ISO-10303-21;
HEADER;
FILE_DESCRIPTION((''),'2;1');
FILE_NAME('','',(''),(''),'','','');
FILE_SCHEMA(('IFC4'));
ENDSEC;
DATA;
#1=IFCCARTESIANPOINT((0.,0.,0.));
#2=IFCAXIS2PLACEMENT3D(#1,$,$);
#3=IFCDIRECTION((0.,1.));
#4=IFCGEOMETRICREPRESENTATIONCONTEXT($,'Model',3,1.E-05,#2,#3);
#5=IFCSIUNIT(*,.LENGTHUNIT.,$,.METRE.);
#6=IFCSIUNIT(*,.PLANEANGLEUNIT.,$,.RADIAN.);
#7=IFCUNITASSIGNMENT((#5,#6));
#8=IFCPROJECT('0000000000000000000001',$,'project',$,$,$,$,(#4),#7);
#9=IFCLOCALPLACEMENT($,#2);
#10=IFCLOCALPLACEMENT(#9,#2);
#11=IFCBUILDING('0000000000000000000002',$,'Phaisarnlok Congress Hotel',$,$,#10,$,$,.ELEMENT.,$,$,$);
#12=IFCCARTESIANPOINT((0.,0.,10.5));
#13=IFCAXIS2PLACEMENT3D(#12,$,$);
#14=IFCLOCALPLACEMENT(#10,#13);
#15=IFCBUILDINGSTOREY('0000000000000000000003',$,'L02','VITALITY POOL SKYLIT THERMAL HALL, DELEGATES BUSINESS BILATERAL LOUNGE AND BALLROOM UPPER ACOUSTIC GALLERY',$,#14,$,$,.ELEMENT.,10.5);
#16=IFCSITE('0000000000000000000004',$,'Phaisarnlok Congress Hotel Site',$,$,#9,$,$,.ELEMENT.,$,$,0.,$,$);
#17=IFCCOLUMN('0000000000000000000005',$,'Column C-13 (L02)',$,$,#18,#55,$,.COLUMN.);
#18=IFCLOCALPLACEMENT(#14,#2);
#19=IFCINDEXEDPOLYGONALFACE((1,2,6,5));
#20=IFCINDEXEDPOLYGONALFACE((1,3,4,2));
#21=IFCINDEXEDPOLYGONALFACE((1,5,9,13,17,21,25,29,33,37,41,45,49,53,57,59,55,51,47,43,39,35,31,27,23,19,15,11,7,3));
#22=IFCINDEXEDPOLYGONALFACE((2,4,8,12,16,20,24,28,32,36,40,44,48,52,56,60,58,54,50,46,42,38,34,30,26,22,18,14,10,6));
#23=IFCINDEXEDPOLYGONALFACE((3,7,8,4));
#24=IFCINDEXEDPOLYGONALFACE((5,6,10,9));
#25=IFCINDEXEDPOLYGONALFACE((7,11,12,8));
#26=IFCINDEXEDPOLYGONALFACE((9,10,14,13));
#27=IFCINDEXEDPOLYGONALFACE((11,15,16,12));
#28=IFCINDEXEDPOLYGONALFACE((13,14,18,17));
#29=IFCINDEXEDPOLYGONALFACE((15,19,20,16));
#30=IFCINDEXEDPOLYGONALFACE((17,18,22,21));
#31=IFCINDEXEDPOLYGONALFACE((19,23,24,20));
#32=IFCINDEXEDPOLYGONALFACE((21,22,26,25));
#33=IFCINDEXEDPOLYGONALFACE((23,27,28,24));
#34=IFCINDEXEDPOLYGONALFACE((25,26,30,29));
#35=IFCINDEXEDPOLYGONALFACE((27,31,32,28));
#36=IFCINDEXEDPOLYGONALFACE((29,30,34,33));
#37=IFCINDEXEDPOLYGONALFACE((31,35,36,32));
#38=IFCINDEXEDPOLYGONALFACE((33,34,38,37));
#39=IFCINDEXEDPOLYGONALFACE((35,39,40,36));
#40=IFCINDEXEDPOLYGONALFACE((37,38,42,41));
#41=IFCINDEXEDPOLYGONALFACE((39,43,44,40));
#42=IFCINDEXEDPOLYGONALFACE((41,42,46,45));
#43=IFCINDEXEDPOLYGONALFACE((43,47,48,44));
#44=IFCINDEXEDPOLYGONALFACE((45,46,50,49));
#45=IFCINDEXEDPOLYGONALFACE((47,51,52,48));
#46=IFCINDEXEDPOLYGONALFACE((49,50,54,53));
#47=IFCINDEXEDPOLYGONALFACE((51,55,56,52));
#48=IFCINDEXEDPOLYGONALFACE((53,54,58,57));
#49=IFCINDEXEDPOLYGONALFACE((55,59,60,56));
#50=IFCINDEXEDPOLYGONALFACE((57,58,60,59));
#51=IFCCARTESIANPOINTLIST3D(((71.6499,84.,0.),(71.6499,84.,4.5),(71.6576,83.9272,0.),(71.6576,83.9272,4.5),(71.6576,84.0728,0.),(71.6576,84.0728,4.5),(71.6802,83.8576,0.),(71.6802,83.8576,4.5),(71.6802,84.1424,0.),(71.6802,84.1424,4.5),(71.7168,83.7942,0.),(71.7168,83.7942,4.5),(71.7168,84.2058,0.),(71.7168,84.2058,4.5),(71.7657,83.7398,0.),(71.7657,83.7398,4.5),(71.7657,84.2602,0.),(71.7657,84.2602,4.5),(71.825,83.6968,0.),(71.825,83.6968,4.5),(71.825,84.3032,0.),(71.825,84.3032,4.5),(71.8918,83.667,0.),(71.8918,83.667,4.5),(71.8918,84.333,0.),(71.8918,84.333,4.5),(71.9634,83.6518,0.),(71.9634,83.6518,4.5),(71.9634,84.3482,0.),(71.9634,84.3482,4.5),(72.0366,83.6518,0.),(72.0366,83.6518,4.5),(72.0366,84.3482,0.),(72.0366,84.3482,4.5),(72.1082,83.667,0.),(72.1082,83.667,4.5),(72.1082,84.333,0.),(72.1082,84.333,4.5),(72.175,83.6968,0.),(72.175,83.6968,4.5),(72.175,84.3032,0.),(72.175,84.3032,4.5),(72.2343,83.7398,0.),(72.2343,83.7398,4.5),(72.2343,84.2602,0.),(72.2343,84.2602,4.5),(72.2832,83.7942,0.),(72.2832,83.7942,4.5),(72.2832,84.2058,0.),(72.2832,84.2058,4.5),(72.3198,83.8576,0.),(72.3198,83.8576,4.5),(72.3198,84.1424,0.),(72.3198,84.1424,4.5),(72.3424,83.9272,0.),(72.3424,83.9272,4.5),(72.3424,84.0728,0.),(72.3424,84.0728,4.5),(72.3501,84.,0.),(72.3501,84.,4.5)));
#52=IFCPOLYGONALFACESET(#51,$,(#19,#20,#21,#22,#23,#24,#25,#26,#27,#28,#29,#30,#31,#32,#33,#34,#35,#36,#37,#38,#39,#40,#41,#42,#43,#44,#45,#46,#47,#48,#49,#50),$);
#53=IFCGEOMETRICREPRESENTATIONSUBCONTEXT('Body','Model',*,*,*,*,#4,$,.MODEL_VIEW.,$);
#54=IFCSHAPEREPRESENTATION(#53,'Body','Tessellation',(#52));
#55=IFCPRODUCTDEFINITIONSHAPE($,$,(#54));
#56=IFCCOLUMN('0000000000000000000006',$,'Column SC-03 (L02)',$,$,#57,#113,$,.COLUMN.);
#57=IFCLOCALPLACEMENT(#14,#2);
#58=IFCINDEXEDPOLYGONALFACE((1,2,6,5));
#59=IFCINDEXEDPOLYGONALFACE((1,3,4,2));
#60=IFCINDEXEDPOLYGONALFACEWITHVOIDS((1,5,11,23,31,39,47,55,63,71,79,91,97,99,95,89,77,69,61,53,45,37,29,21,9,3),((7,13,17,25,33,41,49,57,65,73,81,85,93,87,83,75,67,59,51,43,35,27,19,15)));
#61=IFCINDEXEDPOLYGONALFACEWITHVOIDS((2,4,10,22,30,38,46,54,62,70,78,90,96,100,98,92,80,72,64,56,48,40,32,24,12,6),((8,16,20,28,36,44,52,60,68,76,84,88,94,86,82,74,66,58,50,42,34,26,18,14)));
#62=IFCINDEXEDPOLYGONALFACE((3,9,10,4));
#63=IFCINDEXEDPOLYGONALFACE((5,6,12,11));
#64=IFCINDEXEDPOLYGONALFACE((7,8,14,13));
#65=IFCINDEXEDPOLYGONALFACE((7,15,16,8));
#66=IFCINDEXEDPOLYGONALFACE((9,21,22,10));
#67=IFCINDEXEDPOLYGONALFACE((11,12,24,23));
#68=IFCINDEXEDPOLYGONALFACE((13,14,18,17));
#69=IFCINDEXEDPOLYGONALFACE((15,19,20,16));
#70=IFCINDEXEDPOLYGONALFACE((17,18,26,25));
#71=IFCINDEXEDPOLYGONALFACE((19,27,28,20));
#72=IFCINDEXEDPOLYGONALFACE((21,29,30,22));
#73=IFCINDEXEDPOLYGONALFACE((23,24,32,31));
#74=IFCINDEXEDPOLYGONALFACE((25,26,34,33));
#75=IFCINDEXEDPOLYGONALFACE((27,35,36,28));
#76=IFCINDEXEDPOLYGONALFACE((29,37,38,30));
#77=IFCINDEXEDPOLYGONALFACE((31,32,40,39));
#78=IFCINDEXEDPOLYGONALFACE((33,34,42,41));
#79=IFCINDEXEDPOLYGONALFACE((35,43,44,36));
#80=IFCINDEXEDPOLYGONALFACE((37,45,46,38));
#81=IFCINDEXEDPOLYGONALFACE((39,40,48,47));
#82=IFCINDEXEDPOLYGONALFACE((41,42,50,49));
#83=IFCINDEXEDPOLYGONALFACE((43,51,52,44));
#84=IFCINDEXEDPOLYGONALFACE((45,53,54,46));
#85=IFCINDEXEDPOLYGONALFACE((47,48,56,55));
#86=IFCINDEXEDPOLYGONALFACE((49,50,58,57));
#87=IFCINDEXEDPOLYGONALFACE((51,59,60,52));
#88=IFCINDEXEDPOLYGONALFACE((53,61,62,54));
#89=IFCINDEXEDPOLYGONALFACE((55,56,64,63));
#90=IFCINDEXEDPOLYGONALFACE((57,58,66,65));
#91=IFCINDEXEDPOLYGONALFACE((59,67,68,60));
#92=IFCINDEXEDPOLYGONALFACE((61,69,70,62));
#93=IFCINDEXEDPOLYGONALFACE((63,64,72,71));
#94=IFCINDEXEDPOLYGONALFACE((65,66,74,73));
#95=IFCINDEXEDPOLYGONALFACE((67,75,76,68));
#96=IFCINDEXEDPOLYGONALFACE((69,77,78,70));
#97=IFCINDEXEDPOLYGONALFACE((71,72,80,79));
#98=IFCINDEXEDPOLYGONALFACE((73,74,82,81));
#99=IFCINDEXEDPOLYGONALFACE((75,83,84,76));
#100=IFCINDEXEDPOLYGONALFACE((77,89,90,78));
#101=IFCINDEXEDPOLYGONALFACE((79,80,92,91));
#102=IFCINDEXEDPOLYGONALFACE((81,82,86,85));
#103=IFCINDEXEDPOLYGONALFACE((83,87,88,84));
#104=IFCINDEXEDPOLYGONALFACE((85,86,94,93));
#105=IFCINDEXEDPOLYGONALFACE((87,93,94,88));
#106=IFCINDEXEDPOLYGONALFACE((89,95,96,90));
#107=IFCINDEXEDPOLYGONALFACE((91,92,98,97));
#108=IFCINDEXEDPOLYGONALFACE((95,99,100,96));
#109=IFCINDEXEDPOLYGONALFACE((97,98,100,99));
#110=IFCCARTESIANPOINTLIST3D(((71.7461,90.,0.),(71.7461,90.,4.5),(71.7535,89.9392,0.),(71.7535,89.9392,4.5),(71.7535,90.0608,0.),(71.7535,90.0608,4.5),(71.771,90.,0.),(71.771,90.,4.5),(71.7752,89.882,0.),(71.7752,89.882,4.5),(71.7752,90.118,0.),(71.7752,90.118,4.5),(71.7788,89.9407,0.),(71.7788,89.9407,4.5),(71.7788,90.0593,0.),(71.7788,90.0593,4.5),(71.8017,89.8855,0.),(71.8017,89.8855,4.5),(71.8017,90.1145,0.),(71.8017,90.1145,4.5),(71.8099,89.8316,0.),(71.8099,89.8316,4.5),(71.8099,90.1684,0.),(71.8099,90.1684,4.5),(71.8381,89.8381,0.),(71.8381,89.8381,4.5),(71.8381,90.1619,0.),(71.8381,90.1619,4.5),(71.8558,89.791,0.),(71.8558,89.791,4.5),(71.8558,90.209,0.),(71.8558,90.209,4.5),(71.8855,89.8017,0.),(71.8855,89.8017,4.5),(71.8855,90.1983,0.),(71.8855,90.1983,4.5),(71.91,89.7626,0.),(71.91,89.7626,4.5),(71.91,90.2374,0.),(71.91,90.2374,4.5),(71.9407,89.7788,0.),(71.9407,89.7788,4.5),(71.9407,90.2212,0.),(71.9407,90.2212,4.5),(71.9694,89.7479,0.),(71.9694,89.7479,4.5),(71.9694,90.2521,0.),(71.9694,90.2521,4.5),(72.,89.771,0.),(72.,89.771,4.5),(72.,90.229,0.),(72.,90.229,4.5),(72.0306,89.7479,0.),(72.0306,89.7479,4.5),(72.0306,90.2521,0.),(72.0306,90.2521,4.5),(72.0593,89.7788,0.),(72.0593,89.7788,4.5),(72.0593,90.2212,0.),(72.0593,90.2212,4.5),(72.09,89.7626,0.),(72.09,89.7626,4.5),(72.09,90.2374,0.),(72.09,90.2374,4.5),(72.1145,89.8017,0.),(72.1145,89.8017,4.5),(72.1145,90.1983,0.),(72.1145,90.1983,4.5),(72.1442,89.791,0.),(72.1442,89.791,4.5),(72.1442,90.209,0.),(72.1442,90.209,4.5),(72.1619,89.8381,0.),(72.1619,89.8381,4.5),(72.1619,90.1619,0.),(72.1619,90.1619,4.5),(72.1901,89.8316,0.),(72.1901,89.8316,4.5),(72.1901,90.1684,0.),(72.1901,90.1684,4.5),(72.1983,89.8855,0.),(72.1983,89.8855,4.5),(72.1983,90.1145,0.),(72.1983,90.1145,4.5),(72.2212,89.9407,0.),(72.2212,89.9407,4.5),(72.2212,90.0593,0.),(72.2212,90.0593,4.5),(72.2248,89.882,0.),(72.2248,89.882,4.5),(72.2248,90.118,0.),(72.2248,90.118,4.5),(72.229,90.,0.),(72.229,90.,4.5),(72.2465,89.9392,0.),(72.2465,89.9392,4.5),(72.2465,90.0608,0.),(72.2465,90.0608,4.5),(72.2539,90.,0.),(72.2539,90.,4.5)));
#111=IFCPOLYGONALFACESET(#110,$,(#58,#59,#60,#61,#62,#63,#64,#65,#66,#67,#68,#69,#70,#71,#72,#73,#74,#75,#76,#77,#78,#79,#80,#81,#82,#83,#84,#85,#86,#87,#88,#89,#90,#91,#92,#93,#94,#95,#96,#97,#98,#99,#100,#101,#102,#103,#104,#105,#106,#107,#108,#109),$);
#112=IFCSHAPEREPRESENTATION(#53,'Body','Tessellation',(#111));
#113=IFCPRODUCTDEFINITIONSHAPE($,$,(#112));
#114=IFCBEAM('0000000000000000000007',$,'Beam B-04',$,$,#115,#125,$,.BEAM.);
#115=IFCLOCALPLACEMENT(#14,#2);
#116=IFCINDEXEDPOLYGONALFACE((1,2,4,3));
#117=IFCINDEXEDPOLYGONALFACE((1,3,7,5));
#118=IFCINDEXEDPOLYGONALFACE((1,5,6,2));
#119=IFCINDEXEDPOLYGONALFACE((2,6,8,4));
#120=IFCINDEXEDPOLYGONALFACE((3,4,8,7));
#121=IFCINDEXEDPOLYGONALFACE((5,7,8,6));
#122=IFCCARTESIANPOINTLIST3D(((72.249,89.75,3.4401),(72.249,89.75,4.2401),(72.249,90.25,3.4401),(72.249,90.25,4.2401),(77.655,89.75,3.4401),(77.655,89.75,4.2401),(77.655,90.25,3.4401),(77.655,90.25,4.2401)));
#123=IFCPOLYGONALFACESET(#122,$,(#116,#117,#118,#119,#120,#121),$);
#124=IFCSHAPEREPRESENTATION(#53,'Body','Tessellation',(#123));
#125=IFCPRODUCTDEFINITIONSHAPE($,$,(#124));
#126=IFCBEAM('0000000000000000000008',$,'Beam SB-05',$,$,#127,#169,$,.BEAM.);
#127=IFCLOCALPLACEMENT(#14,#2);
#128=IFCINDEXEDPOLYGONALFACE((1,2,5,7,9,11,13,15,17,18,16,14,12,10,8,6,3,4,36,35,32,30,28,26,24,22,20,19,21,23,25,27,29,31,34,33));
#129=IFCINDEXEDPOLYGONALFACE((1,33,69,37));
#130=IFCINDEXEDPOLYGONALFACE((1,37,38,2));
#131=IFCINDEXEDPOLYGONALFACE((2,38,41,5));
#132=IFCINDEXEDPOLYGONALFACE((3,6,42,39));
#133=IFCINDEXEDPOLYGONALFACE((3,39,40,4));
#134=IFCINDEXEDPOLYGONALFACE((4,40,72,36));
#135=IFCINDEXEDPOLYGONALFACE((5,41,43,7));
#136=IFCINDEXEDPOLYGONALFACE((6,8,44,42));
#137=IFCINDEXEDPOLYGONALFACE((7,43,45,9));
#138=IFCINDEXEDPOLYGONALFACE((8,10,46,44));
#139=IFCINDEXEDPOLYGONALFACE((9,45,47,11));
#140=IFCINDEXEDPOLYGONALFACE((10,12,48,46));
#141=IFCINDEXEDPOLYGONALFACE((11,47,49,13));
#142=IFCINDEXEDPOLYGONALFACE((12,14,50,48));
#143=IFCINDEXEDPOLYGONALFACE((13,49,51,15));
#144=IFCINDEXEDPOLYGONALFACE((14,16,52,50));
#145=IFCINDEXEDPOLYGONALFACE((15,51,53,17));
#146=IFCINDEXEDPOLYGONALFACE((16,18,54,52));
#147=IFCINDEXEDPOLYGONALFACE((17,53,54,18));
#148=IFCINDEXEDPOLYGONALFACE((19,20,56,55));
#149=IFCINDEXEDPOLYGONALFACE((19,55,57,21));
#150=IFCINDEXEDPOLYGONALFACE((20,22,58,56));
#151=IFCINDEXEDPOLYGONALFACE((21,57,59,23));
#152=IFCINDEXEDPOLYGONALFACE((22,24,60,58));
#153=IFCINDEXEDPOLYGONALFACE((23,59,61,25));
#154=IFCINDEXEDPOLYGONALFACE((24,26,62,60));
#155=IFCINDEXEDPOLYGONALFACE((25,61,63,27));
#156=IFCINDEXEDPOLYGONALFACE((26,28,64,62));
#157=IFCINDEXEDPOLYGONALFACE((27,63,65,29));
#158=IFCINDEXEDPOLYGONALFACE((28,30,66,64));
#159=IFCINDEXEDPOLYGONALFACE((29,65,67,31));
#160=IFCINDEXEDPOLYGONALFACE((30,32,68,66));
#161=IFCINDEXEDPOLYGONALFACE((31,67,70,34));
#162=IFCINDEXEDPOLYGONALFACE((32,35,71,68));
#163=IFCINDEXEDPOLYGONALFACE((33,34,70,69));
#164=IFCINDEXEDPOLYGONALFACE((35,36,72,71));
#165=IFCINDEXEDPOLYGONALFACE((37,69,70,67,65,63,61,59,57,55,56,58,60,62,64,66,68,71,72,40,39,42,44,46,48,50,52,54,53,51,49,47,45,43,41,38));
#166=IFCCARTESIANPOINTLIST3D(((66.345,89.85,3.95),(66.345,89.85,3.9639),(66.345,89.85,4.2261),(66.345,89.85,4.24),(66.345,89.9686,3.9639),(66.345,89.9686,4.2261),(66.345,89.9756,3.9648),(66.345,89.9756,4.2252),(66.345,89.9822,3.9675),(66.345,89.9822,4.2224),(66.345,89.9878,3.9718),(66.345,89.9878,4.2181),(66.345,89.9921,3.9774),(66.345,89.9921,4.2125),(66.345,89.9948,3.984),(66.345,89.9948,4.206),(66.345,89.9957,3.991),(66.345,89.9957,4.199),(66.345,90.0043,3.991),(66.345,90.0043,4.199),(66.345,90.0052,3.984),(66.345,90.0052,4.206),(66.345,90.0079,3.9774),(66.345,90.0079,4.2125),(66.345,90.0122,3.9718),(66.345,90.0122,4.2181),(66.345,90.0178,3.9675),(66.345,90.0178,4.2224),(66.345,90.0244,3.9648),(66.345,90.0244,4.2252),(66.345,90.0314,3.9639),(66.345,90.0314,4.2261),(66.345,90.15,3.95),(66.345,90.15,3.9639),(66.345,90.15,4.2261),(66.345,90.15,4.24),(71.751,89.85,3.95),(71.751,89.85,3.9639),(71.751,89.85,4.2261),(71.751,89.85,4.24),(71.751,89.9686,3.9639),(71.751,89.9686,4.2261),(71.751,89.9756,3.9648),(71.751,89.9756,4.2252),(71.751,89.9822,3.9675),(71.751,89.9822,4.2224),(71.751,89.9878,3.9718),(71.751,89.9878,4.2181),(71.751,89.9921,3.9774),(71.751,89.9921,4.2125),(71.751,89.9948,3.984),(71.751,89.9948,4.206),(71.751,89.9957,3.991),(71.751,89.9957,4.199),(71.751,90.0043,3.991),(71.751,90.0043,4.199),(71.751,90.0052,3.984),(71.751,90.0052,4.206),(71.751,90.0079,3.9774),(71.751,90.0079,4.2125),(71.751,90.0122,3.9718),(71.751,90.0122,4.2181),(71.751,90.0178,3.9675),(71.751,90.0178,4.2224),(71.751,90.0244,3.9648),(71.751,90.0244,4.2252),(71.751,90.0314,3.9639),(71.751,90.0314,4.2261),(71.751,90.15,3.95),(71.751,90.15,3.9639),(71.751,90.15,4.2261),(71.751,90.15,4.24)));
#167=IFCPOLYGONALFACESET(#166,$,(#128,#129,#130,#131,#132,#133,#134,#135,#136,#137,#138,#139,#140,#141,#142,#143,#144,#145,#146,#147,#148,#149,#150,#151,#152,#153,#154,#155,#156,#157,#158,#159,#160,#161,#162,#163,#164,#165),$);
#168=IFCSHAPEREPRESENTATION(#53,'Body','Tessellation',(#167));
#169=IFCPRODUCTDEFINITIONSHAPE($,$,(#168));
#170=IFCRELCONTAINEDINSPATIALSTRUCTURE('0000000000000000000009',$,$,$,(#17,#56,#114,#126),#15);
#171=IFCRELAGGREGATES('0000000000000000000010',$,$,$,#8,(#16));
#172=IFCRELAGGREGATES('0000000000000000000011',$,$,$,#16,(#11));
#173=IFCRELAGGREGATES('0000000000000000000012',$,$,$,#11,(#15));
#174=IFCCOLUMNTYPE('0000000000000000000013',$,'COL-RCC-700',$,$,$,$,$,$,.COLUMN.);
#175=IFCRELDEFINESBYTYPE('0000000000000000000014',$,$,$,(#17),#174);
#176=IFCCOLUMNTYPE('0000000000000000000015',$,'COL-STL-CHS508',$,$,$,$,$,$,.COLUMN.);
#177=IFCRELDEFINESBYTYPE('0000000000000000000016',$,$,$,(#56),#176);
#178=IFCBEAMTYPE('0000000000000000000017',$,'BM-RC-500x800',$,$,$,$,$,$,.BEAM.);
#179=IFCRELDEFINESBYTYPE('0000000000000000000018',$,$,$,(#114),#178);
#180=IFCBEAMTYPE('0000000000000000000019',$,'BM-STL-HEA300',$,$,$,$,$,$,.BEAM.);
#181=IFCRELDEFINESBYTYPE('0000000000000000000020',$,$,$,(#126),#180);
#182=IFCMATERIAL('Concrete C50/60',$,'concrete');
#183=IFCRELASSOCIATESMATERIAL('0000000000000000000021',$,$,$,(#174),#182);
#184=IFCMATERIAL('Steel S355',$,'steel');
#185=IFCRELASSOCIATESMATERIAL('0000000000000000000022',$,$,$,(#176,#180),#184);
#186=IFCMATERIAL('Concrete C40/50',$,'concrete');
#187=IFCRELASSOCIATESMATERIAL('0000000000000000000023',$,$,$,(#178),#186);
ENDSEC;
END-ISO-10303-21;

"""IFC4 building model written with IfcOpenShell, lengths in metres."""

from ifc_helpers import new_model, si_unit, direction, frame, origin, origin_2d, place, context, subcontext, project, spatial, rectangle, circle, hollow_circle, i_section, extrude, material, material_profile, profile_set, type_object, element, save


model = new_model("IFC4")

# Units and contexts
model_context = context("Model", 3, precision=1e-05, world=origin(), true_north=direction((0.0, 1.0)))
body_context = subcontext(model_context, "Body", "Model", "MODEL_VIEW")
ifc_project = project(units=[si_unit("LENGTHUNIT", "METRE"), si_unit("PLANEANGLEUNIT", "RADIAN")], contexts=[model_context])

# Site, building, storey
site_placement = place(None, origin())
site = spatial("IfcSite", under=ifc_project, at=site_placement, Name="Phaisarnlok Congress Hotel Site", CompositionType="ELEMENT", RefElevation=0.0)
building_placement = place(site_placement, origin())
building = spatial("IfcBuilding", under=site, at=building_placement, Name="Phaisarnlok Congress Hotel", CompositionType="ELEMENT")
storey_placement = place(building_placement, frame((0.0, 0.0, 10.5)))
storey = spatial("IfcBuildingStorey", under=building, at=storey_placement, Name="L02", Description="VITALITY POOL SKYLIT THERMAL HALL, DELEGATES BUSINESS BILATERAL LOUNGE AND BALLROOM UPPER ACOUSTIC GALLERY", CompositionType="ELEMENT", Elevation=10.5)

# Columns
ifc_material_1 = material(Name="Concrete C50/60", Category="concrete")
ifc_material_profile_1 = material_profile(ifc_material_1, circle(Radius=0.3501, at=origin_2d()), Name="RCC D700")
ifc_profile_set_1 = profile_set([ifc_material_profile_1], Name="Concrete C50/60")
column_type_1 = type_object("IfcColumnType", Name="COL-RCC-700", PredefinedType="COLUMN", material=ifc_profile_set_1)
column_1_placement = place(storey_placement, frame((72.0, 84.0, 0.0), z_axis=(0.0, 0.0, 1.0), x_axis=(1.0, 0.0, 0.0)))
element("IfcColumn", 1, at=column_1_placement, inside=storey, type_object=column_type_1, Name="Column C-13 (L02)", PredefinedType="COLUMN", context=body_context, shape_type="SweptSolid", body=[
    extrude(circle(Radius=0.3501, at=origin_2d()), origin(), (0.0, 0.0, 1.0), 4.5),
])
ifc_material_2 = material(Name="Steel S355", Category="steel")
ifc_material_profile_2 = material_profile(ifc_material_2, hollow_circle(Radius=0.2539, WallThickness=0.0249, at=origin_2d()), Name="CHS 508x25")
ifc_profile_set_2 = profile_set([ifc_material_profile_2], Name="Steel S355")
column_type_2 = type_object("IfcColumnType", Name="COL-STL-CHS508", PredefinedType="COLUMN", material=ifc_profile_set_2)
column_2_placement = place(storey_placement, frame((72.0, 90.0, 0.0), z_axis=(0.0, 0.0, 1.0), x_axis=(1.0, 0.0, 0.0)))
element("IfcColumn", 2, at=column_2_placement, inside=storey, type_object=column_type_2, Name="Column SC-03 (L02)", PredefinedType="COLUMN", context=body_context, shape_type="SweptSolid", body=[
    extrude(hollow_circle(Radius=0.2539, WallThickness=0.0249, at=origin_2d()), origin(), (0.0, 0.0, 1.0), 4.5),
])

# Beams
ifc_material_3 = material(Name="Concrete C40/50", Category="concrete")
ifc_material_profile_3 = material_profile(ifc_material_3, rectangle(XDim=0.5, YDim=0.8, at=origin_2d()), Name="RC 500x800")
ifc_profile_set_3 = profile_set([ifc_material_profile_3], Name="Concrete C40/50")
beam_type_1 = type_object("IfcBeamType", Name="BM-RC-500x800", PredefinedType="BEAM", material=ifc_profile_set_3)
beam_1_placement = place(storey_placement, frame((72.249, 90.0, 3.8401), z_axis=(1.0, 0.0, 0.0), x_axis=(0.0, 1.0, 0.0)))
element("IfcBeam", 3, at=beam_1_placement, inside=storey, type_object=beam_type_1, Name="Beam B-04", PredefinedType="BEAM", context=body_context, shape_type="SweptSolid", body=[
    extrude(rectangle(XDim=0.5, YDim=0.8, at=origin_2d()), origin(), (0.0, 0.0, 1.0), 5.406),
])
ifc_material_profile_4 = material_profile(ifc_material_2, i_section(OverallWidth=0.3, OverallDepth=0.29, WebThickness=0.0085, FlangeThickness=0.0139, FilletRadius=0.0271, at=origin_2d()), Name="HEA 300")
ifc_profile_set_4 = profile_set([ifc_material_profile_4], Name="Steel S355")
beam_type_2 = type_object("IfcBeamType", Name="BM-STL-HEA300", PredefinedType="BEAM", material=ifc_profile_set_4)
beam_2_placement = place(storey_placement, frame((66.345, 90.0, 4.095), z_axis=(1.0, 0.0, 0.0), x_axis=(0.0, 1.0, 0.0)))
element("IfcBeam", 4, at=beam_2_placement, inside=storey, type_object=beam_type_2, Name="Beam SB-05", PredefinedType="BEAM", context=body_context, shape_type="SweptSolid", body=[
    extrude(i_section(OverallWidth=0.3, OverallDepth=0.29, WebThickness=0.0085, FlangeThickness=0.0139, FilletRadius=0.0271, at=origin_2d()), origin(), (0.0, 0.0, 1.0), 5.406),
])

save(model, "model.ifc")
